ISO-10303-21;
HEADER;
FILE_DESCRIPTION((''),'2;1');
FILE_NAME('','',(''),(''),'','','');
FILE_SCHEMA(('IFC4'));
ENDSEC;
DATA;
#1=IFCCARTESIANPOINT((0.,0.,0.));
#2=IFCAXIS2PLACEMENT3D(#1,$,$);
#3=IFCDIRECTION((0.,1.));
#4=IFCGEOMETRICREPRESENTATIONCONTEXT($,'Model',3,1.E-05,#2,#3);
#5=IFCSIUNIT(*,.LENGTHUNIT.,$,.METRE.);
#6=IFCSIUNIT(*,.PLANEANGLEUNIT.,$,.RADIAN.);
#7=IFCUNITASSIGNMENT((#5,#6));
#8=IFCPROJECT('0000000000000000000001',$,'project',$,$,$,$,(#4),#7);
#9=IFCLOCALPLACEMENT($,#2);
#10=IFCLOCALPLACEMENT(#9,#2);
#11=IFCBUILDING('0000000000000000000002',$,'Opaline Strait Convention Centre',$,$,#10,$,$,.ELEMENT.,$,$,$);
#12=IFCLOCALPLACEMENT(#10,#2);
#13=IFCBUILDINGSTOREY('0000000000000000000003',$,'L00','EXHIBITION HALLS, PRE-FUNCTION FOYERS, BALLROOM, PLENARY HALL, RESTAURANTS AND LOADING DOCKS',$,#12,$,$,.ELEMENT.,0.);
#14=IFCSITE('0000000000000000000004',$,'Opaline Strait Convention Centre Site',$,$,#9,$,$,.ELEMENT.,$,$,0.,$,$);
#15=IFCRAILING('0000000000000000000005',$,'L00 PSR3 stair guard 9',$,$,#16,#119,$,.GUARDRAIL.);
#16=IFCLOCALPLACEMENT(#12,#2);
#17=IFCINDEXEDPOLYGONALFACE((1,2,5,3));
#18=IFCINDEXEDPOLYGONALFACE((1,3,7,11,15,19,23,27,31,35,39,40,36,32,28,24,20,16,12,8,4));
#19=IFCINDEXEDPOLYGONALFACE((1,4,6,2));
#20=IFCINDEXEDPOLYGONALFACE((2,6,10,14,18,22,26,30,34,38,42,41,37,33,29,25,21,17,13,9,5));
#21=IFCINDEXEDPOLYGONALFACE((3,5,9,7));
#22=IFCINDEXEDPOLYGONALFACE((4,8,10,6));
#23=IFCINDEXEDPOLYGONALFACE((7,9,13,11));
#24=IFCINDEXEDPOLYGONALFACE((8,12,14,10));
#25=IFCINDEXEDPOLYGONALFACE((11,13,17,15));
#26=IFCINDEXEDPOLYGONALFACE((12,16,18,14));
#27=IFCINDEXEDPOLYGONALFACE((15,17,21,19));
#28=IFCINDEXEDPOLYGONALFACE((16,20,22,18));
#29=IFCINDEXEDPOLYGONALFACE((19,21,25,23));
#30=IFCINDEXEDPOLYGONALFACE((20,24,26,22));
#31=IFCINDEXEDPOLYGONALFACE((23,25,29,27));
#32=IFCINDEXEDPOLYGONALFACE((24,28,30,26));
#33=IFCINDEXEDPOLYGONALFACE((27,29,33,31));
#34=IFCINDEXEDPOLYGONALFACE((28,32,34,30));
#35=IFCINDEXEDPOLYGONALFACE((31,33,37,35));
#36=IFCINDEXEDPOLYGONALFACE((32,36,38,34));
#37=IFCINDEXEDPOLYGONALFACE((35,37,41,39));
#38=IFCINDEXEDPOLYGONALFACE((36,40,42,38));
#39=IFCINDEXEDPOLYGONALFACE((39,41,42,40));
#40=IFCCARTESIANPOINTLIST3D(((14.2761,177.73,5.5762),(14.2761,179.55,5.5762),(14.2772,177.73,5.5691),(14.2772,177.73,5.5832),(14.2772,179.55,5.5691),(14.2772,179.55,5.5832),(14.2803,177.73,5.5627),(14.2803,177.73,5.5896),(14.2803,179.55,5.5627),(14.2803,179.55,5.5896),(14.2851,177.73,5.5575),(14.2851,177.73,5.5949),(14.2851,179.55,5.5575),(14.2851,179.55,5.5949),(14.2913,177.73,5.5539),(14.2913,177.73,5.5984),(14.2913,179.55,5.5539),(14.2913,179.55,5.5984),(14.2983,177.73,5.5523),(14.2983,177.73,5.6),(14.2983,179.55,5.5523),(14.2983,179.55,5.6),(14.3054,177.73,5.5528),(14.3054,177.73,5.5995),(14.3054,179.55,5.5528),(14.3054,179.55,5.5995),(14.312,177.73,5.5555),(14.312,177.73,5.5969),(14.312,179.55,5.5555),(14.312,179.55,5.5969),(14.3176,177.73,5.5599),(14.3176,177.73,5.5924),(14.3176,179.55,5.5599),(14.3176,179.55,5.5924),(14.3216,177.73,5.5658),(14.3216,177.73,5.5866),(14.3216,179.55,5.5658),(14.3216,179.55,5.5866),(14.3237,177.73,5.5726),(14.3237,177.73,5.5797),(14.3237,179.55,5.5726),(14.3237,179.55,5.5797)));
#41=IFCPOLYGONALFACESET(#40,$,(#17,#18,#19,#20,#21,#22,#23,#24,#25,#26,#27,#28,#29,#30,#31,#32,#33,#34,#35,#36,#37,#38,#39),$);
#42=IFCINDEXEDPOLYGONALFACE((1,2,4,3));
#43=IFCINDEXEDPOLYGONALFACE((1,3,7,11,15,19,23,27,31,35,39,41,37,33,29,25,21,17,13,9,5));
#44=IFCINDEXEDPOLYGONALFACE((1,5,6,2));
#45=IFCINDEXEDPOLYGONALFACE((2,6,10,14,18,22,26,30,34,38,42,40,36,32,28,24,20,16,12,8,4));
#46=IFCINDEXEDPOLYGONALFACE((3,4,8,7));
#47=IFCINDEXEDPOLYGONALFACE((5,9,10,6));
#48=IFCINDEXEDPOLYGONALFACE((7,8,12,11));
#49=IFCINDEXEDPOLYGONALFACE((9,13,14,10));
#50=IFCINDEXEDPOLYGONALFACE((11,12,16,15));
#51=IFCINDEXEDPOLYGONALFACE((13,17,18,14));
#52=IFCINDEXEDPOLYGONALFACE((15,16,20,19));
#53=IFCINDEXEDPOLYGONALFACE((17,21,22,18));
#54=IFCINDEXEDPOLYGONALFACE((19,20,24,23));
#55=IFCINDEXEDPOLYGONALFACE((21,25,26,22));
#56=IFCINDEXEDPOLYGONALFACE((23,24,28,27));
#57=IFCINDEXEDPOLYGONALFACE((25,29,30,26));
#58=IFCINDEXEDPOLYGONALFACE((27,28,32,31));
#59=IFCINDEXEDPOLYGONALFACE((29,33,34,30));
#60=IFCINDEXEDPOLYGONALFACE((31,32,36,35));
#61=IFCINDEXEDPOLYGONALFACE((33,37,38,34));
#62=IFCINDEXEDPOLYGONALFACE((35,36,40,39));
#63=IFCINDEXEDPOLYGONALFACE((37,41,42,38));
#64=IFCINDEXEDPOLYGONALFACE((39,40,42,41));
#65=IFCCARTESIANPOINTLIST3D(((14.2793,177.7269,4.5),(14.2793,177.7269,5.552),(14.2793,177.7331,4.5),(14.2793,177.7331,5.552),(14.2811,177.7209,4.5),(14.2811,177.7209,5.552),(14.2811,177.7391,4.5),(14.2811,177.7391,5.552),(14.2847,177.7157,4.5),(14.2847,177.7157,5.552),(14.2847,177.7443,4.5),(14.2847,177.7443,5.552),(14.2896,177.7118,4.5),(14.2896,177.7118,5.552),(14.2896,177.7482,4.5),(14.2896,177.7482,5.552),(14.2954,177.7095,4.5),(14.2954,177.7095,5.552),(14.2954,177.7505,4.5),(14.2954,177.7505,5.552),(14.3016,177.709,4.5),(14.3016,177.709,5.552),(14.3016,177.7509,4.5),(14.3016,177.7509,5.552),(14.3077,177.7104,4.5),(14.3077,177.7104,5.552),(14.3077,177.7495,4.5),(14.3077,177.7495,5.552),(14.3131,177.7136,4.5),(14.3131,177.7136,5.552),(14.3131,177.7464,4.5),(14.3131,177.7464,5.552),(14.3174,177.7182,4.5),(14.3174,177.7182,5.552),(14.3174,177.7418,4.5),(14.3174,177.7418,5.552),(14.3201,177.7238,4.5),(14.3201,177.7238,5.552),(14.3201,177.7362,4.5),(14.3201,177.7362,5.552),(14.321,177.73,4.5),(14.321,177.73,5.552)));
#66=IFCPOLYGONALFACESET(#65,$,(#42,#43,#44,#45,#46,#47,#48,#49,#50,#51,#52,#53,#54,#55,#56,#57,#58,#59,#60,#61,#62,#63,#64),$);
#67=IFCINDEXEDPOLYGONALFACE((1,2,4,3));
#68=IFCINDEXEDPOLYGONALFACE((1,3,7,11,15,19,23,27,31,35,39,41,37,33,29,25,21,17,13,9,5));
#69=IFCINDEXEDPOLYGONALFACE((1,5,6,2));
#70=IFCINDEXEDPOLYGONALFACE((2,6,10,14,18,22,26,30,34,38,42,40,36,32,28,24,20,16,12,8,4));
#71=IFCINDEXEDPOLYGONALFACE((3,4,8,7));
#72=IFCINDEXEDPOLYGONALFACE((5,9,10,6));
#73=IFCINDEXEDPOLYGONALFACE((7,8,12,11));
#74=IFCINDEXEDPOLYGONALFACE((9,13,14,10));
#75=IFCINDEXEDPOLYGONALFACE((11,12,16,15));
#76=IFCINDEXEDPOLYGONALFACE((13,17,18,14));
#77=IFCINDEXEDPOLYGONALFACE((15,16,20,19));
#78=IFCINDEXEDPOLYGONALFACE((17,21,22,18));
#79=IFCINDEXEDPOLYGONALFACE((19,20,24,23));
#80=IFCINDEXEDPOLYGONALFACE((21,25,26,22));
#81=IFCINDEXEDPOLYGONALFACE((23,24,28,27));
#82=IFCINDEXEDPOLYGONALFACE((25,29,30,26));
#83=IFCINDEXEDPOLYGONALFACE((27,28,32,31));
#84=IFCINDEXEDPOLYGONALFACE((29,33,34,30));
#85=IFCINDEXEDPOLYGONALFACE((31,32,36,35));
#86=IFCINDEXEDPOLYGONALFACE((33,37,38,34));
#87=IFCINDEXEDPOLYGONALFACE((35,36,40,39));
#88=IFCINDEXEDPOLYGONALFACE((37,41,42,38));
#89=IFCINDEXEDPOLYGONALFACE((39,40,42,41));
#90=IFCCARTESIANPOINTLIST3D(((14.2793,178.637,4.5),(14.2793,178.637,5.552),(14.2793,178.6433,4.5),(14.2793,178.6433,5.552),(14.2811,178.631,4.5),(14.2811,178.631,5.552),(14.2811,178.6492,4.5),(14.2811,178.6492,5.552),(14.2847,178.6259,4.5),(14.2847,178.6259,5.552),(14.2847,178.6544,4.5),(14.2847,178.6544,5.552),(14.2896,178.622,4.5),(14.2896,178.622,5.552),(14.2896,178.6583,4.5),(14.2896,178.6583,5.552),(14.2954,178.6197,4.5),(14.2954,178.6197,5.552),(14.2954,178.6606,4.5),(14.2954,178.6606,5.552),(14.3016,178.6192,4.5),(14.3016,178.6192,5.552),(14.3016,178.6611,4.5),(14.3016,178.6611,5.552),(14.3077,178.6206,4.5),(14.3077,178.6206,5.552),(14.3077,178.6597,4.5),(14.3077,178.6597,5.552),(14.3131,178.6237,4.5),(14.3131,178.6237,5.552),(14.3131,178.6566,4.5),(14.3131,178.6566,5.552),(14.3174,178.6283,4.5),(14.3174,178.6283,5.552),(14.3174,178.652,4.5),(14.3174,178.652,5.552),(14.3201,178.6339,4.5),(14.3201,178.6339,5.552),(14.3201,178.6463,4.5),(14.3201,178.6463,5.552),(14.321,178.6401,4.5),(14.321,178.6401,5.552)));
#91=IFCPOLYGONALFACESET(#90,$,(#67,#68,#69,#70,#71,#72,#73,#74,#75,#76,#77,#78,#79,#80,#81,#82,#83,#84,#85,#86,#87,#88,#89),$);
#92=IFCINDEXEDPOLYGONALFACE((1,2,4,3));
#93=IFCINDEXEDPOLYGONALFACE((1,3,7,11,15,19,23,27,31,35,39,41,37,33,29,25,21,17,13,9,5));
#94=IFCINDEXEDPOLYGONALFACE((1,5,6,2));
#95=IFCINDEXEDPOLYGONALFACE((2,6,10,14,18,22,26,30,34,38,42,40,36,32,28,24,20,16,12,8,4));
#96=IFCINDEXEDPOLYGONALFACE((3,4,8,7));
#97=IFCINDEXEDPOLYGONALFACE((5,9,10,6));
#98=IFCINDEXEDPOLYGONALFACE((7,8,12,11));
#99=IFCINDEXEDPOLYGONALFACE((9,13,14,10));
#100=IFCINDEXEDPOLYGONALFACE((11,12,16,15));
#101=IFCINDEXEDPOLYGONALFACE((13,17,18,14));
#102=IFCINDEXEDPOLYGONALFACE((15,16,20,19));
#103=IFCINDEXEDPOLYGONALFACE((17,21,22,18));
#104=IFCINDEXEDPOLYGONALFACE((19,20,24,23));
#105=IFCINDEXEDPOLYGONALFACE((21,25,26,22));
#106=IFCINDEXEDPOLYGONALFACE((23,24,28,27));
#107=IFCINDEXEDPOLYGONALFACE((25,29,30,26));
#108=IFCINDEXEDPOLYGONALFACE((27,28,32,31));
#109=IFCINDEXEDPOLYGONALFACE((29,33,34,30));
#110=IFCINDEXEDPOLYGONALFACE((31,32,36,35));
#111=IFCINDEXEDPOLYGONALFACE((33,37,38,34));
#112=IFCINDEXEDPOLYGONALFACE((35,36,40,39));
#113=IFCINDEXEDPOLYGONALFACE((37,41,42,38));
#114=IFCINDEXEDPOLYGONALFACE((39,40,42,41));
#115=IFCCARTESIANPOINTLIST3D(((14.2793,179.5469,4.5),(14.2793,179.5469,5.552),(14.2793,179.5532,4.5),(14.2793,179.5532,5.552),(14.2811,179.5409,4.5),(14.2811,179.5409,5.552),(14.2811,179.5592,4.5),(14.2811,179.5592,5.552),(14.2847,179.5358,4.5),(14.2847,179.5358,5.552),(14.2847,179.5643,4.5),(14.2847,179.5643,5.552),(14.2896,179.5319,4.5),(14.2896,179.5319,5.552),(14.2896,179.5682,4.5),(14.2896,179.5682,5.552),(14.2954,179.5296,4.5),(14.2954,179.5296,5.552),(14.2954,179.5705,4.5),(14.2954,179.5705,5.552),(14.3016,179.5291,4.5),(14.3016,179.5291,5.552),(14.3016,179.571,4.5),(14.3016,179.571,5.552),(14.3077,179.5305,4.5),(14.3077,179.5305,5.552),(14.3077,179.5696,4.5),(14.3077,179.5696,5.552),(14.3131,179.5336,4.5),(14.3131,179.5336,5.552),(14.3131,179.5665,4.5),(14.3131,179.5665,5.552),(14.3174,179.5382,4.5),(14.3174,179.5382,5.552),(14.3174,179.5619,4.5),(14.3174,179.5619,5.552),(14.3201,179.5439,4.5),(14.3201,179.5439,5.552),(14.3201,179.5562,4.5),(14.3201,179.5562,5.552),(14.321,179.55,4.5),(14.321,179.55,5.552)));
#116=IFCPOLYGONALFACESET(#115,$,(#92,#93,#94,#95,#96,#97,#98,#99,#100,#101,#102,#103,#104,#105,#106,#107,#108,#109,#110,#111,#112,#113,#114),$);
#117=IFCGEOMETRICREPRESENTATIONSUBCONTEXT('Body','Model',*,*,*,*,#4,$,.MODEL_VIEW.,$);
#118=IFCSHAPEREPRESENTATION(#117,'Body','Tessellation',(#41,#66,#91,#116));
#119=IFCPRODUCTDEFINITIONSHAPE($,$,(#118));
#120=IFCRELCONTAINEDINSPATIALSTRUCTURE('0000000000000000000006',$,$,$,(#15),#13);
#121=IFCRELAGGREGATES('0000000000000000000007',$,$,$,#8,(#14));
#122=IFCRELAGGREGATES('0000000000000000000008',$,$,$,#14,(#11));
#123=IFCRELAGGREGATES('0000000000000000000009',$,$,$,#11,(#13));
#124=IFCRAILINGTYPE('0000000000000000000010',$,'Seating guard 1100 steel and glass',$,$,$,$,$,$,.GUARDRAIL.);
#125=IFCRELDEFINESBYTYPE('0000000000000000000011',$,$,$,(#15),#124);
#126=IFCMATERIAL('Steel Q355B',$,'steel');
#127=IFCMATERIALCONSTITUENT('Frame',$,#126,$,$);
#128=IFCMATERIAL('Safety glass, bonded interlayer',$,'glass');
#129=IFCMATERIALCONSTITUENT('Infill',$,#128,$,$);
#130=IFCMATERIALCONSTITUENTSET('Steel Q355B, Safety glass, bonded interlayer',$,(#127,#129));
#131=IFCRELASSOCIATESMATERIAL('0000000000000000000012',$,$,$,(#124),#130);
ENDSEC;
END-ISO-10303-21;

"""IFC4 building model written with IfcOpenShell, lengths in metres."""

from ifc_helpers import new_model, si_unit, direction, frame, origin, origin_2d, place, context, subcontext, project, spatial, circle, extrude, material, constituent, constituent_set, type_object, element, save


model = new_model("IFC4")

# Units and contexts
model_context = context("Model", 3, precision=1e-05, world=origin(), true_north=direction((0.0, 1.0)))
body_context = subcontext(model_context, "Body", "Model", "MODEL_VIEW")
ifc_project = project(units=[si_unit("LENGTHUNIT", "METRE"), si_unit("PLANEANGLEUNIT", "RADIAN")], contexts=[model_context])

# Site, building, storey
site_placement = place(None, origin())
site = spatial("IfcSite", under=ifc_project, at=site_placement, Name="Opaline Strait Convention Centre Site", CompositionType="ELEMENT", RefElevation=0.0)
building_placement = place(site_placement, origin())
building = spatial("IfcBuilding", under=site, at=building_placement, Name="Opaline Strait Convention Centre", CompositionType="ELEMENT")
storey_placement = place(building_placement, origin())
storey = spatial("IfcBuildingStorey", under=building, at=storey_placement, Name="L00", Description="EXHIBITION HALLS, PRE-FUNCTION FOYERS, BALLROOM, PLENARY HALL, RESTAURANTS AND LOADING DOCKS", CompositionType="ELEMENT", Elevation=0.0)

# Railing
ifc_material_1 = material(Name="Steel Q355B", Category="steel")
ifc_constituent_1 = constituent(ifc_material_1, Name="Frame")
ifc_material_2 = material(Name="Safety glass, bonded interlayer", Category="glass")
ifc_constituent_2 = constituent(ifc_material_2, Name="Infill")
ifc_constituent_set = constituent_set(constituents=[ifc_constituent_1, ifc_constituent_2], Name="Steel Q355B, Safety glass, bonded interlayer")
railing_type_1 = type_object("IfcRailingType", Name="Seating guard 1100 steel and glass", PredefinedType="GUARDRAIL", material=ifc_constituent_set)
for number, where, name in (
    (1, (14.3, 177.73, 4.5), "L00 PSR3 stair guard 9"),
):
    element("IfcRailing", number, at=place(storey_placement, frame(where)), inside=storey, type_object=railing_type_1, Name=name, PredefinedType="GUARDRAIL", context=body_context, shape_type="SweptSolid", body=[
        extrude(circle(Radius=0.0239, at=origin_2d()), frame((0.0, 0.0, 1.0762), z_axis=(0.0, 1.0, 0.0), x_axis=(-1.0, 0.0, 0.0)), (0.0, 0.0, 1.0), 1.8201),
        extrude(circle(Radius=0.021, at=origin_2d()), origin(), (0.0, 0.0, 1.0), 1.052),
        extrude(circle(Radius=0.021, at=origin_2d()), frame((0.0, 0.9102, 0.0)), (0.0, 0.0, 1.0), 1.052),
        extrude(circle(Radius=0.021, at=origin_2d()), frame((0.0, 1.8201, 0.0)), (0.0, 0.0, 1.0), 1.052),
    ])

save(model, "model.ifc")
